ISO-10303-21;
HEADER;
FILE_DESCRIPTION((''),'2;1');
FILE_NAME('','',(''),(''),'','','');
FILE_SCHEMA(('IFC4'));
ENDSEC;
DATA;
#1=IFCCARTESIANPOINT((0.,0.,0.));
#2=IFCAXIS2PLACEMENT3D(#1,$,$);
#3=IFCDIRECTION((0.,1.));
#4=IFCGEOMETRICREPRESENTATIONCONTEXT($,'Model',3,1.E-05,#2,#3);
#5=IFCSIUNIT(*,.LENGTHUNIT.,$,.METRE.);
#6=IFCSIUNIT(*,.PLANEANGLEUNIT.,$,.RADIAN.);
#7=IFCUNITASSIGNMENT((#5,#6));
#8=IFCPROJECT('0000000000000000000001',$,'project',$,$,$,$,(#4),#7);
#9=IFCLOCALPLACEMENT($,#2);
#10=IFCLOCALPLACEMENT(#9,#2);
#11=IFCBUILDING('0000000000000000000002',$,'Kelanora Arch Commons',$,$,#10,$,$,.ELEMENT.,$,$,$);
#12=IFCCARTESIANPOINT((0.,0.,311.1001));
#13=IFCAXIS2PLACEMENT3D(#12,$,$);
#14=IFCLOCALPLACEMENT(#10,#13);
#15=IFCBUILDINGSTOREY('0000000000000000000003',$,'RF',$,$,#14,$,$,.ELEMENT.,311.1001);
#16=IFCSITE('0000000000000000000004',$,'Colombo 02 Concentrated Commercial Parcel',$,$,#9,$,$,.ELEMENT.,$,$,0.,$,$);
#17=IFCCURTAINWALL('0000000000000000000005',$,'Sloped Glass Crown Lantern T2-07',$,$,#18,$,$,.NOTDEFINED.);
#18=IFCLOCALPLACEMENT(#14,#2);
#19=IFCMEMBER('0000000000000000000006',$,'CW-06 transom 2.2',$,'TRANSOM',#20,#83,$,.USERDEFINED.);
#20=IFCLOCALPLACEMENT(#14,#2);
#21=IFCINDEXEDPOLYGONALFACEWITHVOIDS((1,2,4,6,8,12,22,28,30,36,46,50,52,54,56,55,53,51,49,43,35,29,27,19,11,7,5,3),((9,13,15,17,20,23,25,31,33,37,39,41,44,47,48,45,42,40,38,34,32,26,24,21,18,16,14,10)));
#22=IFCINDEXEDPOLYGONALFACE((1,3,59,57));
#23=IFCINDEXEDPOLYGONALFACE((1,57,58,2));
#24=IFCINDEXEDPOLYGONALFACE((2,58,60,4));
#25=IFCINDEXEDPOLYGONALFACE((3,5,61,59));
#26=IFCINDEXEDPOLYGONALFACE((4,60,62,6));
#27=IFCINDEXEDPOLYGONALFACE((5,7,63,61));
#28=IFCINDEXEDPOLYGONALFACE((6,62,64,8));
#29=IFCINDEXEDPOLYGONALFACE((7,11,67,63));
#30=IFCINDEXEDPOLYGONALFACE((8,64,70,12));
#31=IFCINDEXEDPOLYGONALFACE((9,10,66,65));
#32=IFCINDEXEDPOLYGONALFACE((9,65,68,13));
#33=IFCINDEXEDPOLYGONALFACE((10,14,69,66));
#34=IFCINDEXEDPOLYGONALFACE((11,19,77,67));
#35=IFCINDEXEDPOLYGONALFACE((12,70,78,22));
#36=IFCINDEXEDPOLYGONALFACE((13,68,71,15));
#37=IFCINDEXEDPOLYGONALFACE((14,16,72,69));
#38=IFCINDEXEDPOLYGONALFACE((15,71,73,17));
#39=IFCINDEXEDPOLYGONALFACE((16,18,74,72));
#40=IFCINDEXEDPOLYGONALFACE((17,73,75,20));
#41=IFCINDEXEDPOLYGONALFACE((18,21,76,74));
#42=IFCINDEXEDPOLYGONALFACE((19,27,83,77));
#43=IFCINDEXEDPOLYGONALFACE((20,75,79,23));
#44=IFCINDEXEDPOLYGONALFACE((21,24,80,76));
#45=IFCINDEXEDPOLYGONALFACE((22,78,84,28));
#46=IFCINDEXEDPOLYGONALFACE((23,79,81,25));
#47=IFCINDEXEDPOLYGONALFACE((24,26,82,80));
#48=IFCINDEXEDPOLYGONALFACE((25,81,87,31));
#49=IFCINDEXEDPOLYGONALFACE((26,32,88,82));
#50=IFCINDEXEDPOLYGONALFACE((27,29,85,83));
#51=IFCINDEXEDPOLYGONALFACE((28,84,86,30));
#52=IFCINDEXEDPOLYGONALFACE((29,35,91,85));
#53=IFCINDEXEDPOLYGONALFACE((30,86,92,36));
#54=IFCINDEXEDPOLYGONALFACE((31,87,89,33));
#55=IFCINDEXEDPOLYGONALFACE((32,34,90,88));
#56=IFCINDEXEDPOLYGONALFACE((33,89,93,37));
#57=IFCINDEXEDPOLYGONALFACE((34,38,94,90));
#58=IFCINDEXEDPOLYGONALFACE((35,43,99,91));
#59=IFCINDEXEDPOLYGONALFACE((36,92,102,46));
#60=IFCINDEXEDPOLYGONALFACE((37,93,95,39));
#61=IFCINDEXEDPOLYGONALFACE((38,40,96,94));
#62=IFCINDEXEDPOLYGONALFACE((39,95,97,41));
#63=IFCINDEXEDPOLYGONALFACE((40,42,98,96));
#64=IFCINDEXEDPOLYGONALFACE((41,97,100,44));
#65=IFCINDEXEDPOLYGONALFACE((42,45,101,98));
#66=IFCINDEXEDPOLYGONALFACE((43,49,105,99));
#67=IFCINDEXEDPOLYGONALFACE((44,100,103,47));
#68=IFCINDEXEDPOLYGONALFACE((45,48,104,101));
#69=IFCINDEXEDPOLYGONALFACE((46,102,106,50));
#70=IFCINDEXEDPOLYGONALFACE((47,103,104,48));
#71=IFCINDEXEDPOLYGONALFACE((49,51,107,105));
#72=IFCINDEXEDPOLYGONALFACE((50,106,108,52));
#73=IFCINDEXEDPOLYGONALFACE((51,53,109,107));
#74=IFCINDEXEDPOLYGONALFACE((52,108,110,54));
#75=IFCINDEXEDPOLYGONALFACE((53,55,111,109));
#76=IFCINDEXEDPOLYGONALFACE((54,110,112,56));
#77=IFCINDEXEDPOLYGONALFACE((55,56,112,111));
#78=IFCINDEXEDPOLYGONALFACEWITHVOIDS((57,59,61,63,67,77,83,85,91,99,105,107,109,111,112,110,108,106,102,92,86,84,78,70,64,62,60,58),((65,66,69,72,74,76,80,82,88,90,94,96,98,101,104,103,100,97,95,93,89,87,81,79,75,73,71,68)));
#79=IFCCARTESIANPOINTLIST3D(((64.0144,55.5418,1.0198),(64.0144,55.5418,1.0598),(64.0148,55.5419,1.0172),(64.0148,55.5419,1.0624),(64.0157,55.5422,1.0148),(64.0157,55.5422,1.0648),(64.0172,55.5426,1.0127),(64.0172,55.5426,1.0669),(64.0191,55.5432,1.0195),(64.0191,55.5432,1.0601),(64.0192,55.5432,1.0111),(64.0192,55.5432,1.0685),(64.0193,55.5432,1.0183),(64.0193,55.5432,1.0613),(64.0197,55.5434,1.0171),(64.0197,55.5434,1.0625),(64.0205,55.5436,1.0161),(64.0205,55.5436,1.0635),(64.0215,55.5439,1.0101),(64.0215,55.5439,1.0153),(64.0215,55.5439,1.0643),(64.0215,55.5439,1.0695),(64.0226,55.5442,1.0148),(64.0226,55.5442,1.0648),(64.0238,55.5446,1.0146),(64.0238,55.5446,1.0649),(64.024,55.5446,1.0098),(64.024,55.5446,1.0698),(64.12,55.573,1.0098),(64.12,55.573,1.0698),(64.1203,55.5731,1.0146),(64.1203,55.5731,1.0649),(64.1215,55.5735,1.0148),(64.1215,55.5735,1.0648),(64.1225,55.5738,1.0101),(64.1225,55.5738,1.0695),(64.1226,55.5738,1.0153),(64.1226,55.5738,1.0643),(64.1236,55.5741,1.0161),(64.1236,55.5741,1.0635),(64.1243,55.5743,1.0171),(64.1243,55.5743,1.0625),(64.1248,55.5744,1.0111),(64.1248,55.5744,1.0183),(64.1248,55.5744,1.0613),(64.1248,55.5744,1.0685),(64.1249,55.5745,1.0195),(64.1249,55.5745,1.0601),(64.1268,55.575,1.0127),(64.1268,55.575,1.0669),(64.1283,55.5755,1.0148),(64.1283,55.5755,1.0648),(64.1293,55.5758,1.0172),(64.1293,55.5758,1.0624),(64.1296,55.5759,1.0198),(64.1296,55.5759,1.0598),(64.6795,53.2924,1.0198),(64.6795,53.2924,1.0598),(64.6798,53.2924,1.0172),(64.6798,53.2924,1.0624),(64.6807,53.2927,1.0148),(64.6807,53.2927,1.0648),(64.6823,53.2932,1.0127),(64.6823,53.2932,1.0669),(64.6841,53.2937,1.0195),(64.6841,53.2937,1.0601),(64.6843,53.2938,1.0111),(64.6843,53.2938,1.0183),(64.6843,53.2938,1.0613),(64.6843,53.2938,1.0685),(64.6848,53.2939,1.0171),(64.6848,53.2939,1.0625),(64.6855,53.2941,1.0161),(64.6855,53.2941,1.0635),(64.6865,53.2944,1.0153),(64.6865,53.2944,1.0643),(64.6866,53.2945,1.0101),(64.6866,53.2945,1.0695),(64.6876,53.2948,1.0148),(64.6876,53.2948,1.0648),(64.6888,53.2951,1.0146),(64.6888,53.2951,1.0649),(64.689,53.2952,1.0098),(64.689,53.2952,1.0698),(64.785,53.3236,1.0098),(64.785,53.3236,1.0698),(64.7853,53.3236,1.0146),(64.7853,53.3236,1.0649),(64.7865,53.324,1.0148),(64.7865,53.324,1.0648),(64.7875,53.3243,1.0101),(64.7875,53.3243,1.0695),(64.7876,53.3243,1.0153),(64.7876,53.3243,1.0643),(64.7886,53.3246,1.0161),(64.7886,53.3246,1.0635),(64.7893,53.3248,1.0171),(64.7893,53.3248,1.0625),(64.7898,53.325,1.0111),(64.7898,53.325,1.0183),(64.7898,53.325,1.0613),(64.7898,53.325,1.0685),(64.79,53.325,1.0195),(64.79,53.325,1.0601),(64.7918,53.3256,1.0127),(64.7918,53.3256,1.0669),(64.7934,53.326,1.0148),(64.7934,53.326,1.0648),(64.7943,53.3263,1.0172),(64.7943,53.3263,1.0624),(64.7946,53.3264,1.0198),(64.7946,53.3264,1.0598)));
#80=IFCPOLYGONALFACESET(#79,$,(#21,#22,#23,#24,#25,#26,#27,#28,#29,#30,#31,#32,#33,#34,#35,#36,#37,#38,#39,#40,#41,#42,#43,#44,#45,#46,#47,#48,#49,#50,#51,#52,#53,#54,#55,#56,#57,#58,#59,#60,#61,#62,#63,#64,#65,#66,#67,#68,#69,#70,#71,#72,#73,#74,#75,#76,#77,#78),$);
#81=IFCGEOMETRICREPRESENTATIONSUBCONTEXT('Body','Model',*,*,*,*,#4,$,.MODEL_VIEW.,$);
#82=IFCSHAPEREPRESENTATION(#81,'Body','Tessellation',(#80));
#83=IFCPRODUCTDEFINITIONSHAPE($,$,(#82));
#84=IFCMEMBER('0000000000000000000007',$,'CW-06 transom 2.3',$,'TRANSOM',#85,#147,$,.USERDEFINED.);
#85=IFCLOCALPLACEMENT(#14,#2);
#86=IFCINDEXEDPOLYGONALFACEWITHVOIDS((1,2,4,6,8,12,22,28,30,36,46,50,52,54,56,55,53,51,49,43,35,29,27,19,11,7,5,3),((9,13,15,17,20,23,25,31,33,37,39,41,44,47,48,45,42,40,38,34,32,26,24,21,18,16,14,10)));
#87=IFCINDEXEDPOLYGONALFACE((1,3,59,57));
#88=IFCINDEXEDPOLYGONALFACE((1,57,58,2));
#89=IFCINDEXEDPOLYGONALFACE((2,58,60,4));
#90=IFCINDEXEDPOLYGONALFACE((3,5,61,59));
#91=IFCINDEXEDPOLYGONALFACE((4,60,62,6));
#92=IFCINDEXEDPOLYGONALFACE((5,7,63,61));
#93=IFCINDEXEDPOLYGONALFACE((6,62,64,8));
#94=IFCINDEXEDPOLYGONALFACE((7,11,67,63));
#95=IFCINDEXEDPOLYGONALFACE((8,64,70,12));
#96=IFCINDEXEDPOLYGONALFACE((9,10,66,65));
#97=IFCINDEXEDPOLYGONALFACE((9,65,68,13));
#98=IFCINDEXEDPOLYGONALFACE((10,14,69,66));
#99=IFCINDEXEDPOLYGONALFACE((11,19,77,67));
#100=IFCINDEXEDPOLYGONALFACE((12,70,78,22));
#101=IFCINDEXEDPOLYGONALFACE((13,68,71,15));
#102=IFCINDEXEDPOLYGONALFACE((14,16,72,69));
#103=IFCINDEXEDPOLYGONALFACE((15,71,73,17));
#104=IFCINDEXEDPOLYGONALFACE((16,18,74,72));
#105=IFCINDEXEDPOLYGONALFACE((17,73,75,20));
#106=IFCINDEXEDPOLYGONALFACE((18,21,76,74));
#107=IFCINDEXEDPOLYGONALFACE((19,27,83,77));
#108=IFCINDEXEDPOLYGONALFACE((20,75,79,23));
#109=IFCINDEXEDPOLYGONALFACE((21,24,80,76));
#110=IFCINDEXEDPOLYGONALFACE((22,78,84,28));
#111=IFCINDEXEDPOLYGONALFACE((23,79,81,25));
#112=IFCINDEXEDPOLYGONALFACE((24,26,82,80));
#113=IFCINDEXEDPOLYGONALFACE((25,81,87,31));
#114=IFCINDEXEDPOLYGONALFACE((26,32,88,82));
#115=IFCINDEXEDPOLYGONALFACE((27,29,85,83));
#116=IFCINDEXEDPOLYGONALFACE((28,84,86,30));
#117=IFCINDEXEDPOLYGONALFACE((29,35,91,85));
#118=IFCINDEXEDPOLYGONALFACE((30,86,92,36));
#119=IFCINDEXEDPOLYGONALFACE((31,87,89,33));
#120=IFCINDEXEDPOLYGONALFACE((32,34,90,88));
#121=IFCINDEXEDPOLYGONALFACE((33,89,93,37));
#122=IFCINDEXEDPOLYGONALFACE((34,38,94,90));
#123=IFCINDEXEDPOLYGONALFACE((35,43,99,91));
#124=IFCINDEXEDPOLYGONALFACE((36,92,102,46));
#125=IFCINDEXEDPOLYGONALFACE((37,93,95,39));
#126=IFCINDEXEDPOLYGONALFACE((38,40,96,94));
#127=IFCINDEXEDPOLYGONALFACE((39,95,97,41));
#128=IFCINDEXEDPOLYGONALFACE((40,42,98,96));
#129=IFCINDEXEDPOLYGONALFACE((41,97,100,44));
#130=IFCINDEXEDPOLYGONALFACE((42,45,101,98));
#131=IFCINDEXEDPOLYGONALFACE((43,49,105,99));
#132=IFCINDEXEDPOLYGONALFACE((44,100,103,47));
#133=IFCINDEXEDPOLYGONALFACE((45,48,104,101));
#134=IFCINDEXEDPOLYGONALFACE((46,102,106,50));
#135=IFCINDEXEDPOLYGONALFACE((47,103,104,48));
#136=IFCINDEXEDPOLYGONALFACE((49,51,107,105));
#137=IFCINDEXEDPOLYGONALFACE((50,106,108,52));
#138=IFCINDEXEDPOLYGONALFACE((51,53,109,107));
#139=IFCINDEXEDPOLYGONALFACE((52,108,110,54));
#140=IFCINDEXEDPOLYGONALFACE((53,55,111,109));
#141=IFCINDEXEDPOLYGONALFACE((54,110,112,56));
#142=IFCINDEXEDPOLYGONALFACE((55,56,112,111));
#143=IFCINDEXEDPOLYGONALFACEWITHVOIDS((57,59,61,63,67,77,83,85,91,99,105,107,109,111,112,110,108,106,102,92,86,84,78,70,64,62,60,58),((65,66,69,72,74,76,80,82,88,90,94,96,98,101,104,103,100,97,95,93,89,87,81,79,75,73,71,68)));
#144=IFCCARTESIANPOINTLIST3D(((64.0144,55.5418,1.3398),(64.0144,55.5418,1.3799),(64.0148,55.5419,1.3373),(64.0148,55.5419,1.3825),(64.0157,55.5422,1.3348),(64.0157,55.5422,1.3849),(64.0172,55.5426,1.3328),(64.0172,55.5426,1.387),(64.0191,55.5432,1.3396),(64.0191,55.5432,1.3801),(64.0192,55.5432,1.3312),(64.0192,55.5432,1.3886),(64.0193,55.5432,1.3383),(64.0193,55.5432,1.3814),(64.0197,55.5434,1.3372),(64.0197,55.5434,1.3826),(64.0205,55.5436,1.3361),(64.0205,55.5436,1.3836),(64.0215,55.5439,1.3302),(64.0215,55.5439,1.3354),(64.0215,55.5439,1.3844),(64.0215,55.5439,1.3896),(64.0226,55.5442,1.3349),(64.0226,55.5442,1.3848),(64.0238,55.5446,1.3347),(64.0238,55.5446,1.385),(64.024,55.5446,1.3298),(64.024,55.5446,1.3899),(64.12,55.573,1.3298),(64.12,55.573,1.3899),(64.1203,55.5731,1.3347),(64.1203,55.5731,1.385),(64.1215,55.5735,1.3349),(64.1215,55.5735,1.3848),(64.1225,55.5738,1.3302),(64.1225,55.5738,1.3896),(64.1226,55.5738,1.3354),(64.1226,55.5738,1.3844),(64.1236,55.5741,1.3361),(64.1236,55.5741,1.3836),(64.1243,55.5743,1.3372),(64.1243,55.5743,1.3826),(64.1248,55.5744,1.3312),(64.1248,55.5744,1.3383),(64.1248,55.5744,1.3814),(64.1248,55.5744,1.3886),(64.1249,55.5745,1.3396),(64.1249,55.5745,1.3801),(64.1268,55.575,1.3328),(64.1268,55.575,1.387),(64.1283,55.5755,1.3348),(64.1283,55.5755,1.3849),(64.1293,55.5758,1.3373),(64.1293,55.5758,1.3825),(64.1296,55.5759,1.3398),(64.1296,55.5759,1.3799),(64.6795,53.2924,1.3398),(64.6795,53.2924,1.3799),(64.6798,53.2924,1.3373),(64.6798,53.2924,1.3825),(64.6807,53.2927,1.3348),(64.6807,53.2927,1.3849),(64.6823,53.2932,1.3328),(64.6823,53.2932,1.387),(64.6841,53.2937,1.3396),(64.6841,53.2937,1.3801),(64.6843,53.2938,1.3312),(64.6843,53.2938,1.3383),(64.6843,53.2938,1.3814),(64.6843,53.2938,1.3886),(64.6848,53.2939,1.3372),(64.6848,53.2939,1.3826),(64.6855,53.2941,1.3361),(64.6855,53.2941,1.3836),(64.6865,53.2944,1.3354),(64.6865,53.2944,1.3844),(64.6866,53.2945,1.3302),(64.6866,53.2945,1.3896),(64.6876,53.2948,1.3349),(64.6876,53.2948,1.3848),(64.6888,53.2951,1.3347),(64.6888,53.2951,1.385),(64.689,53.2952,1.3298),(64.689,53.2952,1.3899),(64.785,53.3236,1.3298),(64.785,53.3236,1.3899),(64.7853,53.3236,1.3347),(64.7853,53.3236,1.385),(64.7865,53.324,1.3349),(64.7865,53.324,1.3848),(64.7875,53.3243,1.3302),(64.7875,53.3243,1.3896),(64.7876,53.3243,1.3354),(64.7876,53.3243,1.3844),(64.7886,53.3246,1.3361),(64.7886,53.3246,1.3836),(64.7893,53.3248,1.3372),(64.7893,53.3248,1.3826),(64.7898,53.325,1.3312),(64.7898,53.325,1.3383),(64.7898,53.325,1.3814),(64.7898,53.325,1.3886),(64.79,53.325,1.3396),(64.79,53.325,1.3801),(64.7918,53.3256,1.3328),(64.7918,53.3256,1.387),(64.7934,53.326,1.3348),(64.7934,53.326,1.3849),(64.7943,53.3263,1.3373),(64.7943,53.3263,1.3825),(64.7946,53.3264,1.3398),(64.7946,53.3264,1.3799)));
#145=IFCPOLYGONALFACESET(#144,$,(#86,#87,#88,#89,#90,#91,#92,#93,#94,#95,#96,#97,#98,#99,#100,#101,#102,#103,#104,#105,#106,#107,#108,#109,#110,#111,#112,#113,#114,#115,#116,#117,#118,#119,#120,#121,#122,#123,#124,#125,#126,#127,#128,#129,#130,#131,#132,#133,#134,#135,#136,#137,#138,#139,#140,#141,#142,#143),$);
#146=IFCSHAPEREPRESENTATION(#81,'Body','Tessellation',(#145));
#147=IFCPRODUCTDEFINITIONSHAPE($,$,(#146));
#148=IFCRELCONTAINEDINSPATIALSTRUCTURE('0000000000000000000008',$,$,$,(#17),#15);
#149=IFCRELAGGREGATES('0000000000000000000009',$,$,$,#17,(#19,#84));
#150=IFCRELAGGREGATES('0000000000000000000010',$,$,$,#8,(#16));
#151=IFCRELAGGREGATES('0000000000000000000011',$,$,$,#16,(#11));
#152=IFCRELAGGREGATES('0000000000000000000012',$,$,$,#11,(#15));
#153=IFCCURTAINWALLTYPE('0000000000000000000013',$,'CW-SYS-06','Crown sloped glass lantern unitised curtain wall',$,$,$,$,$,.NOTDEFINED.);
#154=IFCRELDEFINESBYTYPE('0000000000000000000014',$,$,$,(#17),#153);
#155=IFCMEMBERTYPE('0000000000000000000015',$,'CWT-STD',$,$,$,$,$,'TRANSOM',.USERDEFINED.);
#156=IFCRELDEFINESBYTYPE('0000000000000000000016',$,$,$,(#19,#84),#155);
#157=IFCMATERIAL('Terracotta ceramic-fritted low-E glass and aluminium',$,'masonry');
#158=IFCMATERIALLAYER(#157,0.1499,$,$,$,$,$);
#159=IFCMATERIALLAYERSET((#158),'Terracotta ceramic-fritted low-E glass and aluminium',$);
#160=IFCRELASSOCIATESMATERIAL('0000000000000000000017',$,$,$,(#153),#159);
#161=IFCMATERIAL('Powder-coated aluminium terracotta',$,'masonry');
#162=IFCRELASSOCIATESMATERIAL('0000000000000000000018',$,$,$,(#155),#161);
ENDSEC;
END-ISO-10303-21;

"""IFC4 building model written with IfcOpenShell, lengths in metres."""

from ifc_helpers import new_model, si_unit, direction, frame, origin, origin_2d, place, context, subcontext, project, spatial, hollow_rectangle, extrude, material, layer, layer_set, material_profile, profile_set, type_object, element, aggregate, save


model = new_model("IFC4")

# Units and contexts
model_context = context("Model", 3, precision=1e-05, world=origin(), true_north=direction((0.0, 1.0)))
body_context = subcontext(model_context, "Body", "Model", "MODEL_VIEW")
ifc_project = project(units=[si_unit("LENGTHUNIT", "METRE"), si_unit("PLANEANGLEUNIT", "RADIAN")], contexts=[model_context])

# Site, building, storey
site_placement = place(None, origin())
site = spatial("IfcSite", under=ifc_project, at=site_placement, Name="Colombo 02 Concentrated Commercial Parcel", CompositionType="ELEMENT", RefElevation=0.0)
building_placement = place(site_placement, origin())
building = spatial("IfcBuilding", under=site, at=building_placement, Name="Kelanora Arch Commons", CompositionType="ELEMENT")
storey_placement = place(building_placement, frame((0.0, 0.0, 311.1001)))
storey = spatial("IfcBuildingStorey", under=building, at=storey_placement, Name="RF", CompositionType="ELEMENT", Elevation=311.1001)

# Curtain wall
ifc_material_1 = material(Name="Terracotta ceramic-fritted low-E glass and aluminium", Category="masonry")
ifc_layer_1 = layer(ifc_material_1, 0.1499)
ifc_layer_set_1 = layer_set([ifc_layer_1], Name="Terracotta ceramic-fritted low-E glass and aluminium")
curtain_wall_type = type_object("IfcCurtainWallType", Name="CW-SYS-06", Description="Crown sloped glass lantern unitised curtain wall", PredefinedType="NOTDEFINED", material=ifc_layer_set_1)
ifc_material_2 = material(Name="Powder-coated aluminium terracotta", Category="masonry")
curtain_wall_1_placement = place(storey_placement, origin())
curtain_wall_1 = element("IfcCurtainWall", 1, at=curtain_wall_1_placement, inside=storey, type_object=curtain_wall_type, Name="Sloped Glass Crown Lantern T2-07", PredefinedType="NOTDEFINED")

# Members
ifc_material_profile_1 = material_profile(ifc_material_2, hollow_rectangle(XDim=0.1201, YDim=0.0601, WallThickness=0.0049, InnerFilletRadius=0.0049, OuterFilletRadius=0.01, at=origin_2d()), Name="CWT120x60")
ifc_profile_set_1 = profile_set([ifc_material_profile_1], Name="Powder-coated aluminium terracotta")
member_type_1 = type_object("IfcMemberType", Name="CWT-STD", ElementType="TRANSOM", PredefinedType="USERDEFINED", material=ifc_profile_set_1)
member_1_placement = place(storey_placement, frame((64.072, 55.5588, 1.0398), z_axis=(0.283507, -0.95897, 0.0), x_axis=(0.95897, 0.283507, 0.0)))
member_1 = element("IfcMember", 2, at=member_1_placement, type_object=member_type_1, Name="CW-06 transom 2.2", ObjectType="TRANSOM", PredefinedType="USERDEFINED", context=body_context, shape_type="SweptSolid", body=[
    extrude(hollow_rectangle(XDim=0.1201, YDim=0.0601, WallThickness=0.0049, InnerFilletRadius=0.0049, OuterFilletRadius=0.01, at=origin_2d()), origin(), (0.0, 0.0, 1.0), 2.3457),
])
member_2_placement = place(storey_placement, frame((64.072, 55.5588, 1.3599), z_axis=(0.283507, -0.95897, 0.0), x_axis=(0.95897, 0.283507, 0.0)))
member_2 = element("IfcMember", 3, at=member_2_placement, type_object=member_type_1, Name="CW-06 transom 2.3", ObjectType="TRANSOM", PredefinedType="USERDEFINED", context=body_context, shape_type="SweptSolid", body=[
    extrude(hollow_rectangle(XDim=0.1201, YDim=0.0601, WallThickness=0.0049, InnerFilletRadius=0.0049, OuterFilletRadius=0.01, at=origin_2d()), origin(), (0.0, 0.0, 1.0), 2.3457),
])

aggregate(curtain_wall_1, [member_1, member_2])

save(model, "model.ifc")
